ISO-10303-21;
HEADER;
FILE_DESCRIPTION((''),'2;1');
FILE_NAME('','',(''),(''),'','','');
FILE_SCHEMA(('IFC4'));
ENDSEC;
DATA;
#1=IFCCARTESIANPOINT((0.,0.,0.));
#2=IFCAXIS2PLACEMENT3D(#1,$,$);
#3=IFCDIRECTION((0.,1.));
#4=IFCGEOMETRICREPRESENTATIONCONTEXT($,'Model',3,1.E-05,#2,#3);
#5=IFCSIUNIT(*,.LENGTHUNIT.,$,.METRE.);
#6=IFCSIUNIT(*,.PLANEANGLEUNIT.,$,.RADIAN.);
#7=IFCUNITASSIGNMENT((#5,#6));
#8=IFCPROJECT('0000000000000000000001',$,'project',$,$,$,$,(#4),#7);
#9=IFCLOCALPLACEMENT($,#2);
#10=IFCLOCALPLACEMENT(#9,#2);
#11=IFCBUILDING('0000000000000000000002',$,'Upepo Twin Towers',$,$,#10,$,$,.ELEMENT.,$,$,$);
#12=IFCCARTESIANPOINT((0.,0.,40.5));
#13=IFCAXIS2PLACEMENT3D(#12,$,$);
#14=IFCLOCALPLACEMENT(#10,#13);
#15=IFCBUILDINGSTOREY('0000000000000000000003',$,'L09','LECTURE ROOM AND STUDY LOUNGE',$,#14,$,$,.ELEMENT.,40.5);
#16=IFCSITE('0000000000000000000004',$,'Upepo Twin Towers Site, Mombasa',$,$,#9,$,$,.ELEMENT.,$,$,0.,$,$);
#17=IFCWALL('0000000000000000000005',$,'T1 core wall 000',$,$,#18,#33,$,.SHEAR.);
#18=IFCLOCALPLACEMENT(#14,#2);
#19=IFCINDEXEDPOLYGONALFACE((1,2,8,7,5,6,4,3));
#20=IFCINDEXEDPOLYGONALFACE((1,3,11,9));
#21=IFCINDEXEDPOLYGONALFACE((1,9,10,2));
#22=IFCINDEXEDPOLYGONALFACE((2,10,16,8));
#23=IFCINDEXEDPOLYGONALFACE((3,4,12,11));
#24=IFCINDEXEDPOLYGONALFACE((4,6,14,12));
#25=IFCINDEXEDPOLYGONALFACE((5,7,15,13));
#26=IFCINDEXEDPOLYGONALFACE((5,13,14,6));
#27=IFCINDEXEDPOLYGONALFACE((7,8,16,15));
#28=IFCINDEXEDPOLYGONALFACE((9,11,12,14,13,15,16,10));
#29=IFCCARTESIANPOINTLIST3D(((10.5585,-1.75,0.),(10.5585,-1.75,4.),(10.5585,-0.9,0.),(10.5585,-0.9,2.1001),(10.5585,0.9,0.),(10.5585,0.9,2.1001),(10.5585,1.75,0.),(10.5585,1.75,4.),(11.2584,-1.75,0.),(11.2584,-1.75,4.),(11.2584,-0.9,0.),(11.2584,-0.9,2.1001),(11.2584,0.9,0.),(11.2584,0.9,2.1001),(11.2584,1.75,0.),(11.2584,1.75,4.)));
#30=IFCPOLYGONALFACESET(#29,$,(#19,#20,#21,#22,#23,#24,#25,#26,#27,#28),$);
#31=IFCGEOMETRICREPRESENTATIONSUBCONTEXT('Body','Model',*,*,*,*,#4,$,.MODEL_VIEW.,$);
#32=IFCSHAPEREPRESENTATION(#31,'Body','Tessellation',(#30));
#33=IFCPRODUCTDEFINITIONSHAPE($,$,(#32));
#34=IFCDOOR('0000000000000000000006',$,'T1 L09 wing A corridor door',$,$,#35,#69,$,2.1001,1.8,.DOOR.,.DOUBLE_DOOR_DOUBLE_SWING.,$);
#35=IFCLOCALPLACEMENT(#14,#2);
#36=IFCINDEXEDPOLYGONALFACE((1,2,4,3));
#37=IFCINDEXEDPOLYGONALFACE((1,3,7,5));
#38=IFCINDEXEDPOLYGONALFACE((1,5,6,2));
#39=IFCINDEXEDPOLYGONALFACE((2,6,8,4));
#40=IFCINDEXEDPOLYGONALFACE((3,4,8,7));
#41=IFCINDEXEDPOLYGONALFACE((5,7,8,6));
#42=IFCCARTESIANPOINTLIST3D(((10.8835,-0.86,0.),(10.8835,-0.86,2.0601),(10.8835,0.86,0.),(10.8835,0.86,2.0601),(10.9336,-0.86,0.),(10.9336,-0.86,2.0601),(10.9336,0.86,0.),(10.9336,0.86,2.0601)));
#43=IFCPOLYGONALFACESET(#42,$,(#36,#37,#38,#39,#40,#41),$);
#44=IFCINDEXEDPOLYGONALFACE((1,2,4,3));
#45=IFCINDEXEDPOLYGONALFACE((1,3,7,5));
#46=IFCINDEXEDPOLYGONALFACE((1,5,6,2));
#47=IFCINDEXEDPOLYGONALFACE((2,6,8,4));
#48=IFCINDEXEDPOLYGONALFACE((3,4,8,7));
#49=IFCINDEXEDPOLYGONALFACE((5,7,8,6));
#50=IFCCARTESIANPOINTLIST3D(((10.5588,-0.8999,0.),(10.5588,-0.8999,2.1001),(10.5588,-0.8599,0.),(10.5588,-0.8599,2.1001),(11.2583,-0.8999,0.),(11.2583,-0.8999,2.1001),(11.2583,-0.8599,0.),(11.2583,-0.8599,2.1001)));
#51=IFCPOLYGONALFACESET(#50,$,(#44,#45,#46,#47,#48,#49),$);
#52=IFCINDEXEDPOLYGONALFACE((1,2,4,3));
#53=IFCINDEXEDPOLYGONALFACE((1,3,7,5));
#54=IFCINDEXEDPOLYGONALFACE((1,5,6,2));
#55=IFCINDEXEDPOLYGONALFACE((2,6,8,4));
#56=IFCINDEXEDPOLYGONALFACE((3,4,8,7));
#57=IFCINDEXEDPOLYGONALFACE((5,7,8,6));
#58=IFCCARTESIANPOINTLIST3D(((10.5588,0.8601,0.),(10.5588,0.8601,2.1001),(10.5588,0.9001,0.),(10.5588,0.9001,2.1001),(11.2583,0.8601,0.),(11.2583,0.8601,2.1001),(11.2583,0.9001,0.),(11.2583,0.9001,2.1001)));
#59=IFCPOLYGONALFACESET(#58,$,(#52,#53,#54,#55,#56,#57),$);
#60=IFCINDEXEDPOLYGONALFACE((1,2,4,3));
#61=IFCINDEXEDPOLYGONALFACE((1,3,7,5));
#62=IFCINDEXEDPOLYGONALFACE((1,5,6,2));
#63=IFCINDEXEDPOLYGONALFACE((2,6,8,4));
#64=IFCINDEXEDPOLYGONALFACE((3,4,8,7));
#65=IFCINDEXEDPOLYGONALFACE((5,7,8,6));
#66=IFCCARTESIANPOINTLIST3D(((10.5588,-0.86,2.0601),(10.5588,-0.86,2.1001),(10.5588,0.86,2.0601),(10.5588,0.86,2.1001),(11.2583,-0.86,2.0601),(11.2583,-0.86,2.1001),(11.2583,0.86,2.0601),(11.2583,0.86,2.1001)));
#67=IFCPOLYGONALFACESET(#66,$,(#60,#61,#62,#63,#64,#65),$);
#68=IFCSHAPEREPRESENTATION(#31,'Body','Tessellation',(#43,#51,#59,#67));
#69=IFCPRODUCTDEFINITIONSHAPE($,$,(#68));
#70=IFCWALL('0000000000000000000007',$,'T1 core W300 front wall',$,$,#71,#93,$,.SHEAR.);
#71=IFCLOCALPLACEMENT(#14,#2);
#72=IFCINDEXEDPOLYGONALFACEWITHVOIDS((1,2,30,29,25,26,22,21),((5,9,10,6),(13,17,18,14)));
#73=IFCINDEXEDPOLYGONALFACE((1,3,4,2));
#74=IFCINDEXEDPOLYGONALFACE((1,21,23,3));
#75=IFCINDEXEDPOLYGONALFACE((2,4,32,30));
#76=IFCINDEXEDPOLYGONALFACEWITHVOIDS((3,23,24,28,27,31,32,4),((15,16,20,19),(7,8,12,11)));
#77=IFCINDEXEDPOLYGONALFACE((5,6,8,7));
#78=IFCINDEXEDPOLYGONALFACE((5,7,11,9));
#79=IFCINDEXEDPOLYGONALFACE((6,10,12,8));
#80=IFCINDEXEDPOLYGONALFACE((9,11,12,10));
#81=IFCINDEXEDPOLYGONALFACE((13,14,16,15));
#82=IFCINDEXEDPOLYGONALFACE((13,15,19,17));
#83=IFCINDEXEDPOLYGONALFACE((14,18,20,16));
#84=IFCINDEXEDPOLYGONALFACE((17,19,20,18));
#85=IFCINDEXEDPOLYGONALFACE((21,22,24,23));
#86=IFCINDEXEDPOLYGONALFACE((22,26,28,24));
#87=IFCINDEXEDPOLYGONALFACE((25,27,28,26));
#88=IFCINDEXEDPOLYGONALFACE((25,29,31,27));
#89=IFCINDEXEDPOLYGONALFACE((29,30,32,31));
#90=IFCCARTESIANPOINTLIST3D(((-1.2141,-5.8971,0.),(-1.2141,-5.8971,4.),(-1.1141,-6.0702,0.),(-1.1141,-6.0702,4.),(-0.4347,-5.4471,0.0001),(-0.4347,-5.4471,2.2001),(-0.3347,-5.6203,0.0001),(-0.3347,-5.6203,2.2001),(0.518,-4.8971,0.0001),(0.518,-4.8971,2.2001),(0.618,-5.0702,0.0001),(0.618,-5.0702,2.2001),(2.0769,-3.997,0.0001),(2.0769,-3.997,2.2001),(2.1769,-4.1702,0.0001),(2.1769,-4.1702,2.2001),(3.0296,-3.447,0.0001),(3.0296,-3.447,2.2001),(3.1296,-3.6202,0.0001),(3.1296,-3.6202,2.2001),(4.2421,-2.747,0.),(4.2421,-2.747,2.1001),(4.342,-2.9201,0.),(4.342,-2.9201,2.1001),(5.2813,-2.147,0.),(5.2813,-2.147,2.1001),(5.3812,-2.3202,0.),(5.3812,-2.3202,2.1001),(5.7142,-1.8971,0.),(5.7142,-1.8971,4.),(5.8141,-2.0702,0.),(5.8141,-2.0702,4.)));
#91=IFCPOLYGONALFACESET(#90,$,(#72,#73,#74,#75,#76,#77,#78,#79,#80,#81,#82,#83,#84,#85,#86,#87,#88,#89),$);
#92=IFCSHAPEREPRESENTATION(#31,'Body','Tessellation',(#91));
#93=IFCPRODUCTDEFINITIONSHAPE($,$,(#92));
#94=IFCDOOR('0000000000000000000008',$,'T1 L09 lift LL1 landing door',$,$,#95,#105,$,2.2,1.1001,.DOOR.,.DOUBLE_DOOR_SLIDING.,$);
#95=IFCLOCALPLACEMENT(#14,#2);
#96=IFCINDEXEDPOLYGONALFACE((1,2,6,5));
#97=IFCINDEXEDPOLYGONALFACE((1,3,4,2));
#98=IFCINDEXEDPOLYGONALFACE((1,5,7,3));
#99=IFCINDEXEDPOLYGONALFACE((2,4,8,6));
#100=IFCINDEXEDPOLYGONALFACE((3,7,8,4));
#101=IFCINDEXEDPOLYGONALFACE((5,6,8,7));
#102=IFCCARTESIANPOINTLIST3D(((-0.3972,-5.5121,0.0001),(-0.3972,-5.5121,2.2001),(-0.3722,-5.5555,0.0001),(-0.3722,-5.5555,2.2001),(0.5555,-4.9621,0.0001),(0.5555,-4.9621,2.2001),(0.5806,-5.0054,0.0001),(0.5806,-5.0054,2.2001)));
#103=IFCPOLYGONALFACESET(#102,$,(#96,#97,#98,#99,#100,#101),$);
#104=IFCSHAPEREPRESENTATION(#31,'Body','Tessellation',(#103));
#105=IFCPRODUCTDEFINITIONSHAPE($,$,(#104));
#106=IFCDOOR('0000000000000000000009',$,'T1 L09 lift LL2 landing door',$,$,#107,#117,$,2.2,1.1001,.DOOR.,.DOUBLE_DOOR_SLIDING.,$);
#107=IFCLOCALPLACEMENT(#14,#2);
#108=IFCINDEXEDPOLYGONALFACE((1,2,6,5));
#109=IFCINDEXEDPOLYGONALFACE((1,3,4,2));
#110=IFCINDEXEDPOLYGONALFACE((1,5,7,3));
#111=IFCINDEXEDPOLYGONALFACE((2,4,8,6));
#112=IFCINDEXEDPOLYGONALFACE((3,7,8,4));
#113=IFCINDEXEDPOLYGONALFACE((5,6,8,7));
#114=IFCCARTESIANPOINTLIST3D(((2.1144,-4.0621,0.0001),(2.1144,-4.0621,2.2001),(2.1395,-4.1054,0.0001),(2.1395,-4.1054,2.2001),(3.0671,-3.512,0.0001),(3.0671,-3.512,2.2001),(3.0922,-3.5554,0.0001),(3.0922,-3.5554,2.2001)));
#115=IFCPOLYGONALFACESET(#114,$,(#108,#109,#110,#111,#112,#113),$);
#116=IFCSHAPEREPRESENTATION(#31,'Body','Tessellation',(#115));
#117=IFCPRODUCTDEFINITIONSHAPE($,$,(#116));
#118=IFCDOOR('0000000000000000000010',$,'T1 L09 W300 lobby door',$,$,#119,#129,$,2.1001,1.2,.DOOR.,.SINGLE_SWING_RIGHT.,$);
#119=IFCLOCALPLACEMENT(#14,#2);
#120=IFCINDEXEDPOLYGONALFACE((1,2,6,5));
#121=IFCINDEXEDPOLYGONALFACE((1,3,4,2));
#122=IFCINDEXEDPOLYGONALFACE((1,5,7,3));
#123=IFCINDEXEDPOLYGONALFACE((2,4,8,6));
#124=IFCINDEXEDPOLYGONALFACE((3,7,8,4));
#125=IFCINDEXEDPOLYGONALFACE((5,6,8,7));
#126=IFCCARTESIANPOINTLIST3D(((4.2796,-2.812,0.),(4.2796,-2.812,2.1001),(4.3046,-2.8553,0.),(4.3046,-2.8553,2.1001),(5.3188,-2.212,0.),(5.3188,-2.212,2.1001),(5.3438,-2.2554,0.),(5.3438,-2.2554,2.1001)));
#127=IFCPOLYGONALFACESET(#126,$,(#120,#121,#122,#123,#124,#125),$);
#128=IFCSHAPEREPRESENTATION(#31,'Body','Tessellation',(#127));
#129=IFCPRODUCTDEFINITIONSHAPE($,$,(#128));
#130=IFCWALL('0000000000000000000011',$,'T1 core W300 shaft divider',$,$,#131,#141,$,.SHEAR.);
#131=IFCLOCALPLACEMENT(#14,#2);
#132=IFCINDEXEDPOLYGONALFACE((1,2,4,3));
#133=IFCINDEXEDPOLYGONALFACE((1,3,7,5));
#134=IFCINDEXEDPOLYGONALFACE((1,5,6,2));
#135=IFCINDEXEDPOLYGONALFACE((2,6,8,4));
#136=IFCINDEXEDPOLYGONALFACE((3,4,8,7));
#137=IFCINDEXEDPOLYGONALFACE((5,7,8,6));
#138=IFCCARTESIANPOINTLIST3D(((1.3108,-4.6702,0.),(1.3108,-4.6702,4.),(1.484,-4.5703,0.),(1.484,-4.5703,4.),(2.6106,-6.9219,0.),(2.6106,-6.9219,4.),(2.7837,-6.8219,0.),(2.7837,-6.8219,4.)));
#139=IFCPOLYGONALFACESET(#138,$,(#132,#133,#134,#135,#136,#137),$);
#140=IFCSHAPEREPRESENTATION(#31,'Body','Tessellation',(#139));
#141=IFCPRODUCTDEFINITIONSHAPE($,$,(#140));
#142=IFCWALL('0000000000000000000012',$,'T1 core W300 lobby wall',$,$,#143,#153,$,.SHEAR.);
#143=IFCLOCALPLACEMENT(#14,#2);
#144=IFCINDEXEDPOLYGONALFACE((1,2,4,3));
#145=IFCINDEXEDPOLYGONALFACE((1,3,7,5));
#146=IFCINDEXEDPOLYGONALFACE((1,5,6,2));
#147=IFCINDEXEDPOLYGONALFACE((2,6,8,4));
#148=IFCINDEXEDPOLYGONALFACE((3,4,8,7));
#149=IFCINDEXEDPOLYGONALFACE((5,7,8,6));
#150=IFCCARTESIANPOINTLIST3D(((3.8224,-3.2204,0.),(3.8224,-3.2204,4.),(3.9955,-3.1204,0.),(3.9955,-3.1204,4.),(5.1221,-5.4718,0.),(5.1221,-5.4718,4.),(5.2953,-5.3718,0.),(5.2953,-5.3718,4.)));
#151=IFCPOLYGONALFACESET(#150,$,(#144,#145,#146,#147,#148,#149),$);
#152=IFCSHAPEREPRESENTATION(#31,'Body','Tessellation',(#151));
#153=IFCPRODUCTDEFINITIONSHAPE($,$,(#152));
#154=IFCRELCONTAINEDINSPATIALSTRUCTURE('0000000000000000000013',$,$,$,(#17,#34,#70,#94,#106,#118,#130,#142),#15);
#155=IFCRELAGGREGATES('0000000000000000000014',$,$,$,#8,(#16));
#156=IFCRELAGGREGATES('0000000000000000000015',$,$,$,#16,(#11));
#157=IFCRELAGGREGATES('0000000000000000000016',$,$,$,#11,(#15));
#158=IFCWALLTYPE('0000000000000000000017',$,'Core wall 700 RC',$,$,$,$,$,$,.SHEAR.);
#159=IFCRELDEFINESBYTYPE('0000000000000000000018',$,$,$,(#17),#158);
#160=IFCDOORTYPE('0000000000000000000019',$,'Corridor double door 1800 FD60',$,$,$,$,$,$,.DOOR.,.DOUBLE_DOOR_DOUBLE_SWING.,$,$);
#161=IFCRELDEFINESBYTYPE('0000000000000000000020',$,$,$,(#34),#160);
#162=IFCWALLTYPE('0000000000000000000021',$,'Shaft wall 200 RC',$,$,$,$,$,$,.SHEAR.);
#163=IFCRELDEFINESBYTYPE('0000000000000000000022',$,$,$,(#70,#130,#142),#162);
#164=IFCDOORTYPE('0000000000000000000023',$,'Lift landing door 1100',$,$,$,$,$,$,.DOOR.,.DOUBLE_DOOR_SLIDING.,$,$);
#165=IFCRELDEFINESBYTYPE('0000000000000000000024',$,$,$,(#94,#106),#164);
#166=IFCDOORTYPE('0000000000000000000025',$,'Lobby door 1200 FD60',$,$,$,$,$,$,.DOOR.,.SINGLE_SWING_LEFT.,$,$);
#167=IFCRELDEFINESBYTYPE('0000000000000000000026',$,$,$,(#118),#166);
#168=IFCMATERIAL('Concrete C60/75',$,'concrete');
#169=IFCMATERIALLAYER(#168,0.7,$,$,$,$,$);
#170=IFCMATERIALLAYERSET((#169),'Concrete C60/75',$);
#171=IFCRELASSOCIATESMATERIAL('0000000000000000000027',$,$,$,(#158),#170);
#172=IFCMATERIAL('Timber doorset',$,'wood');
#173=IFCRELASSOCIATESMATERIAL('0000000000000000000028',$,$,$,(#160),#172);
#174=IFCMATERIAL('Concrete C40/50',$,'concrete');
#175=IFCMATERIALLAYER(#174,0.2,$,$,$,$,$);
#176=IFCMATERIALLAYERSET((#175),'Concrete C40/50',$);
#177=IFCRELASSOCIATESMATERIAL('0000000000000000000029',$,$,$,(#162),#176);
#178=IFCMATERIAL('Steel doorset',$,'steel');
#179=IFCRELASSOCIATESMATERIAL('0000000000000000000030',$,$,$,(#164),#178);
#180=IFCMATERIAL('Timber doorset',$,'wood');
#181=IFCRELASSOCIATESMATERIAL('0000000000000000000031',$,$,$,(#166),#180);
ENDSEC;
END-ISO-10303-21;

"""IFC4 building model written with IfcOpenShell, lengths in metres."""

from ifc_helpers import new_model, si_unit, direction, frame, frame_2d, origin, place, context, subcontext, project, spatial, rectangle, extrude, material, layer, layer_set, type_object, element, fill, save


model = new_model("IFC4")

# Units and contexts
model_context = context("Model", 3, precision=1e-05, world=origin(), true_north=direction((0.0, 1.0)))
body_context = subcontext(model_context, "Body", "Model", "MODEL_VIEW")
ifc_project = project(units=[si_unit("LENGTHUNIT", "METRE"), si_unit("PLANEANGLEUNIT", "RADIAN")], contexts=[model_context])

# Site, building, storey
site_placement = place(None, origin())
site = spatial("IfcSite", under=ifc_project, at=site_placement, Name="Upepo Twin Towers Site, Mombasa", CompositionType="ELEMENT", RefElevation=0.0)
building_placement = place(site_placement, origin())
building = spatial("IfcBuilding", under=site, at=building_placement, Name="Upepo Twin Towers", CompositionType="ELEMENT")
storey_placement = place(building_placement, frame((0.0, 0.0, 40.5)))
storey = spatial("IfcBuildingStorey", under=building, at=storey_placement, Name="L09", Description="LECTURE ROOM AND STUDY LOUNGE", CompositionType="ELEMENT", Elevation=40.5)

# Shared definitions
ifc_material_1 = material(Name="Concrete C60/75", Category="concrete")
ifc_layer_1 = layer(ifc_material_1, 0.7)
ifc_layer_set_1 = layer_set([ifc_layer_1], Name="Concrete C60/75")
wall_type_1 = type_object("IfcWallType", Name="Core wall 700 RC", PredefinedType="SHEAR", material=ifc_layer_set_1)

# Wall, opening, door
wall_1_placement = place(storey_placement, frame((10.9084, -1.75, 0.0), z_axis=(0.0, 0.0, 1.0), x_axis=(0.0, 1.0, 0.0)))
wall_1 = element("IfcWall", 1, at=wall_1_placement, inside=storey, type_object=wall_type_1, Name="T1 core wall 000", PredefinedType="SHEAR", context=body_context, shape_type="SweptSolid", body=[
    extrude(rectangle(XDim=3.5, YDim=0.7, at=frame_2d((1.75, 0.0))), origin(), (0.0, 0.0, 1.0), 4.0),
])
opening_1_placement = place(wall_1_placement, frame((0.8501, 0.0, 0.0)))
opening_1 = element("IfcOpeningElement", 2, at=opening_1_placement, cuts=wall_1, PredefinedType="OPENING", context=body_context, shape_type="SweptSolid", body=[
    extrude(rectangle(XDim=1.8, YDim=2.1001, at=frame_2d((0.8999, 1.05))), frame((0.0, 0.3599, 0.0), z_axis=(0.0, -1.0, 0.0), x_axis=(1.0, 0.0, 0.0)), (0.0, 0.0, 1.0), 0.72),
])
ifc_material_2 = material(Name="Timber doorset", Category="wood")
door_type_1 = type_object("IfcDoorType", Name="Corridor double door 1800 FD60", OperationType="DOUBLE_DOOR_DOUBLE_SWING", PredefinedType="DOOR", material=ifc_material_2)
door_1_placement = place(opening_1_placement, origin())
door_1 = element("IfcDoor", 3, at=door_1_placement, inside=storey, type_object=door_type_1, Name="T1 L09 wing A corridor door", OperationType="DOUBLE_DOOR_DOUBLE_SWING", OverallHeight=2.1001, OverallWidth=1.8, PredefinedType="DOOR", context=body_context, shape_type="SweptSolid", body=[
    extrude(rectangle(XDim=1.72, YDim=2.0601, at=frame_2d((0.8999, 1.03))), frame((0.0, 0.0249, 0.0), z_axis=(0.0, -1.0, 0.0), x_axis=(1.0, 0.0, 0.0)), (0.0, 0.0, 1.0), 0.05),
    extrude(rectangle(XDim=0.04, YDim=2.1001, at=frame_2d((0.02, 1.05))), frame((0.0, 0.3496, 0.0), z_axis=(0.0, -1.0, 0.0), x_axis=(1.0, 0.0, 0.0)), (0.0, 0.0, 1.0), 0.6995),
    extrude(rectangle(XDim=0.04, YDim=2.1001, at=frame_2d((1.78, 1.05))), frame((0.0, 0.3496, 0.0), z_axis=(0.0, -1.0, 0.0), x_axis=(1.0, 0.0, 0.0)), (0.0, 0.0, 1.0), 0.6995),
    extrude(rectangle(XDim=1.72, YDim=0.04, at=frame_2d((0.8999, 2.0801))), frame((0.0, 0.3496, 0.0), z_axis=(0.0, -1.0, 0.0), x_axis=(1.0, 0.0, 0.0)), (0.0, 0.0, 1.0), 0.6995),
])
fill(opening_1, door_1)

# Wall, openings, doors
ifc_material_3 = material(Name="Concrete C40/50", Category="concrete")
ifc_layer_2 = layer(ifc_material_3, 0.2)
ifc_layer_set_2 = layer_set([ifc_layer_2], Name="Concrete C40/50")
wall_type_2 = type_object("IfcWallType", Name="Shaft wall 200 RC", PredefinedType="SHEAR", material=ifc_layer_set_2)
wall_2_placement = place(storey_placement, frame((-1.1641, -5.9836, 0.0), z_axis=(0.0, 0.0, 1.0), x_axis=(0.866026, 0.499999, 0.0)))
wall_2 = element("IfcWall", 4, at=wall_2_placement, inside=storey, type_object=wall_type_2, Name="T1 core W300 front wall", PredefinedType="SHEAR", context=body_context, shape_type="SweptSolid", body=[
    extrude(rectangle(XDim=8.0, YDim=0.2, at=frame_2d((4.0, 0.0))), origin(), (0.0, 0.0, 1.0), 4.0),
])
opening_2_placement = place(wall_2_placement, frame((6.3, 0.0, 0.0)))
opening_2 = element("IfcOpeningElement", 5, at=opening_2_placement, cuts=wall_2, PredefinedType="OPENING", context=body_context, shape_type="SweptSolid", body=[
    extrude(rectangle(XDim=1.2, YDim=2.1001, at=frame_2d((0.6001, 1.05))), frame((0.0, 0.1099, 0.0), z_axis=(0.0, -1.0, 0.0), x_axis=(1.0, 0.0, 0.0)), (0.0, 0.0, 1.0), 0.22),
])
opening_3_placement = place(wall_2_placement, frame((0.8999, 0.0, 0.0)))
opening_3 = element("IfcOpeningElement", 6, at=opening_3_placement, cuts=wall_2, PredefinedType="OPENING", context=body_context, shape_type="SweptSolid", body=[
    extrude(rectangle(XDim=1.1001, YDim=2.2, at=frame_2d((0.55, 1.1001))), frame((0.0, 0.1099, 0.0), z_axis=(0.0, -1.0, 0.0), x_axis=(1.0, 0.0, 0.0)), (0.0, 0.0, 1.0), 0.22),
])
opening_4_placement = place(wall_2_placement, frame((3.8, 0.0, 0.0)))
opening_4 = element("IfcOpeningElement", 7, at=opening_4_placement, cuts=wall_2, PredefinedType="OPENING", context=body_context, shape_type="SweptSolid", body=[
    extrude(rectangle(XDim=1.1001, YDim=2.2, at=frame_2d((0.55, 1.1001))), frame((0.0, 0.1099, 0.0), z_axis=(0.0, -1.0, 0.0), x_axis=(1.0, 0.0, 0.0)), (0.0, 0.0, 1.0), 0.22),
])
ifc_material_4 = material(Name="Steel doorset", Category="steel")
door_type_2 = type_object("IfcDoorType", Name="Lift landing door 1100", OperationType="DOUBLE_DOOR_SLIDING", PredefinedType="DOOR", material=ifc_material_4)
door_2_placement = place(opening_3_placement, origin())
door_2 = element("IfcDoor", 8, at=door_2_placement, inside=storey, type_object=door_type_2, Name="T1 L09 lift LL1 landing door", OperationType="DOUBLE_DOOR_SLIDING", OverallHeight=2.2, OverallWidth=1.1001, PredefinedType="DOOR", context=body_context, shape_type="SweptSolid", body=[
    extrude(rectangle(XDim=1.1001, YDim=2.2, at=frame_2d((0.55, 1.1001))), frame((0.0, 0.0249, 0.0), z_axis=(0.0, -1.0, 0.0), x_axis=(1.0, 0.0, 0.0)), (0.0, 0.0, 1.0), 0.05),
])
fill(opening_3, door_2)
door_3_placement = place(opening_4_placement, origin())
door_3 = element("IfcDoor", 9, at=door_3_placement, inside=storey, type_object=door_type_2, Name="T1 L09 lift LL2 landing door", OperationType="DOUBLE_DOOR_SLIDING", OverallHeight=2.2, OverallWidth=1.1001, PredefinedType="DOOR", context=body_context, shape_type="SweptSolid", body=[
    extrude(rectangle(XDim=1.1001, YDim=2.2, at=frame_2d((0.55, 1.1001))), frame((0.0, 0.0249, 0.0), z_axis=(0.0, -1.0, 0.0), x_axis=(1.0, 0.0, 0.0)), (0.0, 0.0, 1.0), 0.05),
])
fill(opening_4, door_3)
ifc_material_5 = material(Name="Timber doorset", Category="wood")
door_type_3 = type_object("IfcDoorType", Name="Lobby door 1200 FD60", OperationType="SINGLE_SWING_LEFT", PredefinedType="DOOR", material=ifc_material_5)
door_4_placement = place(opening_2_placement, origin())
door_4 = element("IfcDoor", 10, at=door_4_placement, inside=storey, type_object=door_type_3, Name="T1 L09 W300 lobby door", OperationType="SINGLE_SWING_RIGHT", OverallHeight=2.1001, OverallWidth=1.2, PredefinedType="DOOR", context=body_context, shape_type="SweptSolid", body=[
    extrude(rectangle(XDim=1.2, YDim=2.1001, at=frame_2d((0.6001, 1.05))), frame((0.0, 0.0249, 0.0), z_axis=(0.0, -1.0, 0.0), x_axis=(1.0, 0.0, 0.0)), (0.0, 0.0, 1.0), 0.05),
])
fill(opening_2, door_4)

# Walls
wall_3_placement = place(storey_placement, frame((1.3975, -4.6204, 0.0), z_axis=(0.0, 0.0, 1.0), x_axis=(0.499937, -0.866062, 0.0)))
element("IfcWall", 11, at=wall_3_placement, inside=storey, type_object=wall_type_2, Name="T1 core W300 shaft divider", PredefinedType="SHEAR", context=body_context, shape_type="SweptSolid", body=[
    extrude(rectangle(XDim=2.5999, YDim=0.2, at=frame_2d((1.2998, 0.0))), origin(), (0.0, 0.0, 1.0), 4.0),
])
wall_4_placement = place(storey_placement, frame((3.9089, -3.1704, 0.0), z_axis=(0.0, 0.0, 1.0), x_axis=(0.499977, -0.866039, 0.0)))
element("IfcWall", 12, at=wall_4_placement, inside=storey, type_object=wall_type_2, Name="T1 core W300 lobby wall", PredefinedType="SHEAR", context=body_context, shape_type="SweptSolid", body=[
    extrude(rectangle(XDim=2.5996, YDim=0.2, at=frame_2d((1.2998, 0.0))), origin(), (0.0, 0.0, 1.0), 4.0),
])

save(model, "model.ifc")
